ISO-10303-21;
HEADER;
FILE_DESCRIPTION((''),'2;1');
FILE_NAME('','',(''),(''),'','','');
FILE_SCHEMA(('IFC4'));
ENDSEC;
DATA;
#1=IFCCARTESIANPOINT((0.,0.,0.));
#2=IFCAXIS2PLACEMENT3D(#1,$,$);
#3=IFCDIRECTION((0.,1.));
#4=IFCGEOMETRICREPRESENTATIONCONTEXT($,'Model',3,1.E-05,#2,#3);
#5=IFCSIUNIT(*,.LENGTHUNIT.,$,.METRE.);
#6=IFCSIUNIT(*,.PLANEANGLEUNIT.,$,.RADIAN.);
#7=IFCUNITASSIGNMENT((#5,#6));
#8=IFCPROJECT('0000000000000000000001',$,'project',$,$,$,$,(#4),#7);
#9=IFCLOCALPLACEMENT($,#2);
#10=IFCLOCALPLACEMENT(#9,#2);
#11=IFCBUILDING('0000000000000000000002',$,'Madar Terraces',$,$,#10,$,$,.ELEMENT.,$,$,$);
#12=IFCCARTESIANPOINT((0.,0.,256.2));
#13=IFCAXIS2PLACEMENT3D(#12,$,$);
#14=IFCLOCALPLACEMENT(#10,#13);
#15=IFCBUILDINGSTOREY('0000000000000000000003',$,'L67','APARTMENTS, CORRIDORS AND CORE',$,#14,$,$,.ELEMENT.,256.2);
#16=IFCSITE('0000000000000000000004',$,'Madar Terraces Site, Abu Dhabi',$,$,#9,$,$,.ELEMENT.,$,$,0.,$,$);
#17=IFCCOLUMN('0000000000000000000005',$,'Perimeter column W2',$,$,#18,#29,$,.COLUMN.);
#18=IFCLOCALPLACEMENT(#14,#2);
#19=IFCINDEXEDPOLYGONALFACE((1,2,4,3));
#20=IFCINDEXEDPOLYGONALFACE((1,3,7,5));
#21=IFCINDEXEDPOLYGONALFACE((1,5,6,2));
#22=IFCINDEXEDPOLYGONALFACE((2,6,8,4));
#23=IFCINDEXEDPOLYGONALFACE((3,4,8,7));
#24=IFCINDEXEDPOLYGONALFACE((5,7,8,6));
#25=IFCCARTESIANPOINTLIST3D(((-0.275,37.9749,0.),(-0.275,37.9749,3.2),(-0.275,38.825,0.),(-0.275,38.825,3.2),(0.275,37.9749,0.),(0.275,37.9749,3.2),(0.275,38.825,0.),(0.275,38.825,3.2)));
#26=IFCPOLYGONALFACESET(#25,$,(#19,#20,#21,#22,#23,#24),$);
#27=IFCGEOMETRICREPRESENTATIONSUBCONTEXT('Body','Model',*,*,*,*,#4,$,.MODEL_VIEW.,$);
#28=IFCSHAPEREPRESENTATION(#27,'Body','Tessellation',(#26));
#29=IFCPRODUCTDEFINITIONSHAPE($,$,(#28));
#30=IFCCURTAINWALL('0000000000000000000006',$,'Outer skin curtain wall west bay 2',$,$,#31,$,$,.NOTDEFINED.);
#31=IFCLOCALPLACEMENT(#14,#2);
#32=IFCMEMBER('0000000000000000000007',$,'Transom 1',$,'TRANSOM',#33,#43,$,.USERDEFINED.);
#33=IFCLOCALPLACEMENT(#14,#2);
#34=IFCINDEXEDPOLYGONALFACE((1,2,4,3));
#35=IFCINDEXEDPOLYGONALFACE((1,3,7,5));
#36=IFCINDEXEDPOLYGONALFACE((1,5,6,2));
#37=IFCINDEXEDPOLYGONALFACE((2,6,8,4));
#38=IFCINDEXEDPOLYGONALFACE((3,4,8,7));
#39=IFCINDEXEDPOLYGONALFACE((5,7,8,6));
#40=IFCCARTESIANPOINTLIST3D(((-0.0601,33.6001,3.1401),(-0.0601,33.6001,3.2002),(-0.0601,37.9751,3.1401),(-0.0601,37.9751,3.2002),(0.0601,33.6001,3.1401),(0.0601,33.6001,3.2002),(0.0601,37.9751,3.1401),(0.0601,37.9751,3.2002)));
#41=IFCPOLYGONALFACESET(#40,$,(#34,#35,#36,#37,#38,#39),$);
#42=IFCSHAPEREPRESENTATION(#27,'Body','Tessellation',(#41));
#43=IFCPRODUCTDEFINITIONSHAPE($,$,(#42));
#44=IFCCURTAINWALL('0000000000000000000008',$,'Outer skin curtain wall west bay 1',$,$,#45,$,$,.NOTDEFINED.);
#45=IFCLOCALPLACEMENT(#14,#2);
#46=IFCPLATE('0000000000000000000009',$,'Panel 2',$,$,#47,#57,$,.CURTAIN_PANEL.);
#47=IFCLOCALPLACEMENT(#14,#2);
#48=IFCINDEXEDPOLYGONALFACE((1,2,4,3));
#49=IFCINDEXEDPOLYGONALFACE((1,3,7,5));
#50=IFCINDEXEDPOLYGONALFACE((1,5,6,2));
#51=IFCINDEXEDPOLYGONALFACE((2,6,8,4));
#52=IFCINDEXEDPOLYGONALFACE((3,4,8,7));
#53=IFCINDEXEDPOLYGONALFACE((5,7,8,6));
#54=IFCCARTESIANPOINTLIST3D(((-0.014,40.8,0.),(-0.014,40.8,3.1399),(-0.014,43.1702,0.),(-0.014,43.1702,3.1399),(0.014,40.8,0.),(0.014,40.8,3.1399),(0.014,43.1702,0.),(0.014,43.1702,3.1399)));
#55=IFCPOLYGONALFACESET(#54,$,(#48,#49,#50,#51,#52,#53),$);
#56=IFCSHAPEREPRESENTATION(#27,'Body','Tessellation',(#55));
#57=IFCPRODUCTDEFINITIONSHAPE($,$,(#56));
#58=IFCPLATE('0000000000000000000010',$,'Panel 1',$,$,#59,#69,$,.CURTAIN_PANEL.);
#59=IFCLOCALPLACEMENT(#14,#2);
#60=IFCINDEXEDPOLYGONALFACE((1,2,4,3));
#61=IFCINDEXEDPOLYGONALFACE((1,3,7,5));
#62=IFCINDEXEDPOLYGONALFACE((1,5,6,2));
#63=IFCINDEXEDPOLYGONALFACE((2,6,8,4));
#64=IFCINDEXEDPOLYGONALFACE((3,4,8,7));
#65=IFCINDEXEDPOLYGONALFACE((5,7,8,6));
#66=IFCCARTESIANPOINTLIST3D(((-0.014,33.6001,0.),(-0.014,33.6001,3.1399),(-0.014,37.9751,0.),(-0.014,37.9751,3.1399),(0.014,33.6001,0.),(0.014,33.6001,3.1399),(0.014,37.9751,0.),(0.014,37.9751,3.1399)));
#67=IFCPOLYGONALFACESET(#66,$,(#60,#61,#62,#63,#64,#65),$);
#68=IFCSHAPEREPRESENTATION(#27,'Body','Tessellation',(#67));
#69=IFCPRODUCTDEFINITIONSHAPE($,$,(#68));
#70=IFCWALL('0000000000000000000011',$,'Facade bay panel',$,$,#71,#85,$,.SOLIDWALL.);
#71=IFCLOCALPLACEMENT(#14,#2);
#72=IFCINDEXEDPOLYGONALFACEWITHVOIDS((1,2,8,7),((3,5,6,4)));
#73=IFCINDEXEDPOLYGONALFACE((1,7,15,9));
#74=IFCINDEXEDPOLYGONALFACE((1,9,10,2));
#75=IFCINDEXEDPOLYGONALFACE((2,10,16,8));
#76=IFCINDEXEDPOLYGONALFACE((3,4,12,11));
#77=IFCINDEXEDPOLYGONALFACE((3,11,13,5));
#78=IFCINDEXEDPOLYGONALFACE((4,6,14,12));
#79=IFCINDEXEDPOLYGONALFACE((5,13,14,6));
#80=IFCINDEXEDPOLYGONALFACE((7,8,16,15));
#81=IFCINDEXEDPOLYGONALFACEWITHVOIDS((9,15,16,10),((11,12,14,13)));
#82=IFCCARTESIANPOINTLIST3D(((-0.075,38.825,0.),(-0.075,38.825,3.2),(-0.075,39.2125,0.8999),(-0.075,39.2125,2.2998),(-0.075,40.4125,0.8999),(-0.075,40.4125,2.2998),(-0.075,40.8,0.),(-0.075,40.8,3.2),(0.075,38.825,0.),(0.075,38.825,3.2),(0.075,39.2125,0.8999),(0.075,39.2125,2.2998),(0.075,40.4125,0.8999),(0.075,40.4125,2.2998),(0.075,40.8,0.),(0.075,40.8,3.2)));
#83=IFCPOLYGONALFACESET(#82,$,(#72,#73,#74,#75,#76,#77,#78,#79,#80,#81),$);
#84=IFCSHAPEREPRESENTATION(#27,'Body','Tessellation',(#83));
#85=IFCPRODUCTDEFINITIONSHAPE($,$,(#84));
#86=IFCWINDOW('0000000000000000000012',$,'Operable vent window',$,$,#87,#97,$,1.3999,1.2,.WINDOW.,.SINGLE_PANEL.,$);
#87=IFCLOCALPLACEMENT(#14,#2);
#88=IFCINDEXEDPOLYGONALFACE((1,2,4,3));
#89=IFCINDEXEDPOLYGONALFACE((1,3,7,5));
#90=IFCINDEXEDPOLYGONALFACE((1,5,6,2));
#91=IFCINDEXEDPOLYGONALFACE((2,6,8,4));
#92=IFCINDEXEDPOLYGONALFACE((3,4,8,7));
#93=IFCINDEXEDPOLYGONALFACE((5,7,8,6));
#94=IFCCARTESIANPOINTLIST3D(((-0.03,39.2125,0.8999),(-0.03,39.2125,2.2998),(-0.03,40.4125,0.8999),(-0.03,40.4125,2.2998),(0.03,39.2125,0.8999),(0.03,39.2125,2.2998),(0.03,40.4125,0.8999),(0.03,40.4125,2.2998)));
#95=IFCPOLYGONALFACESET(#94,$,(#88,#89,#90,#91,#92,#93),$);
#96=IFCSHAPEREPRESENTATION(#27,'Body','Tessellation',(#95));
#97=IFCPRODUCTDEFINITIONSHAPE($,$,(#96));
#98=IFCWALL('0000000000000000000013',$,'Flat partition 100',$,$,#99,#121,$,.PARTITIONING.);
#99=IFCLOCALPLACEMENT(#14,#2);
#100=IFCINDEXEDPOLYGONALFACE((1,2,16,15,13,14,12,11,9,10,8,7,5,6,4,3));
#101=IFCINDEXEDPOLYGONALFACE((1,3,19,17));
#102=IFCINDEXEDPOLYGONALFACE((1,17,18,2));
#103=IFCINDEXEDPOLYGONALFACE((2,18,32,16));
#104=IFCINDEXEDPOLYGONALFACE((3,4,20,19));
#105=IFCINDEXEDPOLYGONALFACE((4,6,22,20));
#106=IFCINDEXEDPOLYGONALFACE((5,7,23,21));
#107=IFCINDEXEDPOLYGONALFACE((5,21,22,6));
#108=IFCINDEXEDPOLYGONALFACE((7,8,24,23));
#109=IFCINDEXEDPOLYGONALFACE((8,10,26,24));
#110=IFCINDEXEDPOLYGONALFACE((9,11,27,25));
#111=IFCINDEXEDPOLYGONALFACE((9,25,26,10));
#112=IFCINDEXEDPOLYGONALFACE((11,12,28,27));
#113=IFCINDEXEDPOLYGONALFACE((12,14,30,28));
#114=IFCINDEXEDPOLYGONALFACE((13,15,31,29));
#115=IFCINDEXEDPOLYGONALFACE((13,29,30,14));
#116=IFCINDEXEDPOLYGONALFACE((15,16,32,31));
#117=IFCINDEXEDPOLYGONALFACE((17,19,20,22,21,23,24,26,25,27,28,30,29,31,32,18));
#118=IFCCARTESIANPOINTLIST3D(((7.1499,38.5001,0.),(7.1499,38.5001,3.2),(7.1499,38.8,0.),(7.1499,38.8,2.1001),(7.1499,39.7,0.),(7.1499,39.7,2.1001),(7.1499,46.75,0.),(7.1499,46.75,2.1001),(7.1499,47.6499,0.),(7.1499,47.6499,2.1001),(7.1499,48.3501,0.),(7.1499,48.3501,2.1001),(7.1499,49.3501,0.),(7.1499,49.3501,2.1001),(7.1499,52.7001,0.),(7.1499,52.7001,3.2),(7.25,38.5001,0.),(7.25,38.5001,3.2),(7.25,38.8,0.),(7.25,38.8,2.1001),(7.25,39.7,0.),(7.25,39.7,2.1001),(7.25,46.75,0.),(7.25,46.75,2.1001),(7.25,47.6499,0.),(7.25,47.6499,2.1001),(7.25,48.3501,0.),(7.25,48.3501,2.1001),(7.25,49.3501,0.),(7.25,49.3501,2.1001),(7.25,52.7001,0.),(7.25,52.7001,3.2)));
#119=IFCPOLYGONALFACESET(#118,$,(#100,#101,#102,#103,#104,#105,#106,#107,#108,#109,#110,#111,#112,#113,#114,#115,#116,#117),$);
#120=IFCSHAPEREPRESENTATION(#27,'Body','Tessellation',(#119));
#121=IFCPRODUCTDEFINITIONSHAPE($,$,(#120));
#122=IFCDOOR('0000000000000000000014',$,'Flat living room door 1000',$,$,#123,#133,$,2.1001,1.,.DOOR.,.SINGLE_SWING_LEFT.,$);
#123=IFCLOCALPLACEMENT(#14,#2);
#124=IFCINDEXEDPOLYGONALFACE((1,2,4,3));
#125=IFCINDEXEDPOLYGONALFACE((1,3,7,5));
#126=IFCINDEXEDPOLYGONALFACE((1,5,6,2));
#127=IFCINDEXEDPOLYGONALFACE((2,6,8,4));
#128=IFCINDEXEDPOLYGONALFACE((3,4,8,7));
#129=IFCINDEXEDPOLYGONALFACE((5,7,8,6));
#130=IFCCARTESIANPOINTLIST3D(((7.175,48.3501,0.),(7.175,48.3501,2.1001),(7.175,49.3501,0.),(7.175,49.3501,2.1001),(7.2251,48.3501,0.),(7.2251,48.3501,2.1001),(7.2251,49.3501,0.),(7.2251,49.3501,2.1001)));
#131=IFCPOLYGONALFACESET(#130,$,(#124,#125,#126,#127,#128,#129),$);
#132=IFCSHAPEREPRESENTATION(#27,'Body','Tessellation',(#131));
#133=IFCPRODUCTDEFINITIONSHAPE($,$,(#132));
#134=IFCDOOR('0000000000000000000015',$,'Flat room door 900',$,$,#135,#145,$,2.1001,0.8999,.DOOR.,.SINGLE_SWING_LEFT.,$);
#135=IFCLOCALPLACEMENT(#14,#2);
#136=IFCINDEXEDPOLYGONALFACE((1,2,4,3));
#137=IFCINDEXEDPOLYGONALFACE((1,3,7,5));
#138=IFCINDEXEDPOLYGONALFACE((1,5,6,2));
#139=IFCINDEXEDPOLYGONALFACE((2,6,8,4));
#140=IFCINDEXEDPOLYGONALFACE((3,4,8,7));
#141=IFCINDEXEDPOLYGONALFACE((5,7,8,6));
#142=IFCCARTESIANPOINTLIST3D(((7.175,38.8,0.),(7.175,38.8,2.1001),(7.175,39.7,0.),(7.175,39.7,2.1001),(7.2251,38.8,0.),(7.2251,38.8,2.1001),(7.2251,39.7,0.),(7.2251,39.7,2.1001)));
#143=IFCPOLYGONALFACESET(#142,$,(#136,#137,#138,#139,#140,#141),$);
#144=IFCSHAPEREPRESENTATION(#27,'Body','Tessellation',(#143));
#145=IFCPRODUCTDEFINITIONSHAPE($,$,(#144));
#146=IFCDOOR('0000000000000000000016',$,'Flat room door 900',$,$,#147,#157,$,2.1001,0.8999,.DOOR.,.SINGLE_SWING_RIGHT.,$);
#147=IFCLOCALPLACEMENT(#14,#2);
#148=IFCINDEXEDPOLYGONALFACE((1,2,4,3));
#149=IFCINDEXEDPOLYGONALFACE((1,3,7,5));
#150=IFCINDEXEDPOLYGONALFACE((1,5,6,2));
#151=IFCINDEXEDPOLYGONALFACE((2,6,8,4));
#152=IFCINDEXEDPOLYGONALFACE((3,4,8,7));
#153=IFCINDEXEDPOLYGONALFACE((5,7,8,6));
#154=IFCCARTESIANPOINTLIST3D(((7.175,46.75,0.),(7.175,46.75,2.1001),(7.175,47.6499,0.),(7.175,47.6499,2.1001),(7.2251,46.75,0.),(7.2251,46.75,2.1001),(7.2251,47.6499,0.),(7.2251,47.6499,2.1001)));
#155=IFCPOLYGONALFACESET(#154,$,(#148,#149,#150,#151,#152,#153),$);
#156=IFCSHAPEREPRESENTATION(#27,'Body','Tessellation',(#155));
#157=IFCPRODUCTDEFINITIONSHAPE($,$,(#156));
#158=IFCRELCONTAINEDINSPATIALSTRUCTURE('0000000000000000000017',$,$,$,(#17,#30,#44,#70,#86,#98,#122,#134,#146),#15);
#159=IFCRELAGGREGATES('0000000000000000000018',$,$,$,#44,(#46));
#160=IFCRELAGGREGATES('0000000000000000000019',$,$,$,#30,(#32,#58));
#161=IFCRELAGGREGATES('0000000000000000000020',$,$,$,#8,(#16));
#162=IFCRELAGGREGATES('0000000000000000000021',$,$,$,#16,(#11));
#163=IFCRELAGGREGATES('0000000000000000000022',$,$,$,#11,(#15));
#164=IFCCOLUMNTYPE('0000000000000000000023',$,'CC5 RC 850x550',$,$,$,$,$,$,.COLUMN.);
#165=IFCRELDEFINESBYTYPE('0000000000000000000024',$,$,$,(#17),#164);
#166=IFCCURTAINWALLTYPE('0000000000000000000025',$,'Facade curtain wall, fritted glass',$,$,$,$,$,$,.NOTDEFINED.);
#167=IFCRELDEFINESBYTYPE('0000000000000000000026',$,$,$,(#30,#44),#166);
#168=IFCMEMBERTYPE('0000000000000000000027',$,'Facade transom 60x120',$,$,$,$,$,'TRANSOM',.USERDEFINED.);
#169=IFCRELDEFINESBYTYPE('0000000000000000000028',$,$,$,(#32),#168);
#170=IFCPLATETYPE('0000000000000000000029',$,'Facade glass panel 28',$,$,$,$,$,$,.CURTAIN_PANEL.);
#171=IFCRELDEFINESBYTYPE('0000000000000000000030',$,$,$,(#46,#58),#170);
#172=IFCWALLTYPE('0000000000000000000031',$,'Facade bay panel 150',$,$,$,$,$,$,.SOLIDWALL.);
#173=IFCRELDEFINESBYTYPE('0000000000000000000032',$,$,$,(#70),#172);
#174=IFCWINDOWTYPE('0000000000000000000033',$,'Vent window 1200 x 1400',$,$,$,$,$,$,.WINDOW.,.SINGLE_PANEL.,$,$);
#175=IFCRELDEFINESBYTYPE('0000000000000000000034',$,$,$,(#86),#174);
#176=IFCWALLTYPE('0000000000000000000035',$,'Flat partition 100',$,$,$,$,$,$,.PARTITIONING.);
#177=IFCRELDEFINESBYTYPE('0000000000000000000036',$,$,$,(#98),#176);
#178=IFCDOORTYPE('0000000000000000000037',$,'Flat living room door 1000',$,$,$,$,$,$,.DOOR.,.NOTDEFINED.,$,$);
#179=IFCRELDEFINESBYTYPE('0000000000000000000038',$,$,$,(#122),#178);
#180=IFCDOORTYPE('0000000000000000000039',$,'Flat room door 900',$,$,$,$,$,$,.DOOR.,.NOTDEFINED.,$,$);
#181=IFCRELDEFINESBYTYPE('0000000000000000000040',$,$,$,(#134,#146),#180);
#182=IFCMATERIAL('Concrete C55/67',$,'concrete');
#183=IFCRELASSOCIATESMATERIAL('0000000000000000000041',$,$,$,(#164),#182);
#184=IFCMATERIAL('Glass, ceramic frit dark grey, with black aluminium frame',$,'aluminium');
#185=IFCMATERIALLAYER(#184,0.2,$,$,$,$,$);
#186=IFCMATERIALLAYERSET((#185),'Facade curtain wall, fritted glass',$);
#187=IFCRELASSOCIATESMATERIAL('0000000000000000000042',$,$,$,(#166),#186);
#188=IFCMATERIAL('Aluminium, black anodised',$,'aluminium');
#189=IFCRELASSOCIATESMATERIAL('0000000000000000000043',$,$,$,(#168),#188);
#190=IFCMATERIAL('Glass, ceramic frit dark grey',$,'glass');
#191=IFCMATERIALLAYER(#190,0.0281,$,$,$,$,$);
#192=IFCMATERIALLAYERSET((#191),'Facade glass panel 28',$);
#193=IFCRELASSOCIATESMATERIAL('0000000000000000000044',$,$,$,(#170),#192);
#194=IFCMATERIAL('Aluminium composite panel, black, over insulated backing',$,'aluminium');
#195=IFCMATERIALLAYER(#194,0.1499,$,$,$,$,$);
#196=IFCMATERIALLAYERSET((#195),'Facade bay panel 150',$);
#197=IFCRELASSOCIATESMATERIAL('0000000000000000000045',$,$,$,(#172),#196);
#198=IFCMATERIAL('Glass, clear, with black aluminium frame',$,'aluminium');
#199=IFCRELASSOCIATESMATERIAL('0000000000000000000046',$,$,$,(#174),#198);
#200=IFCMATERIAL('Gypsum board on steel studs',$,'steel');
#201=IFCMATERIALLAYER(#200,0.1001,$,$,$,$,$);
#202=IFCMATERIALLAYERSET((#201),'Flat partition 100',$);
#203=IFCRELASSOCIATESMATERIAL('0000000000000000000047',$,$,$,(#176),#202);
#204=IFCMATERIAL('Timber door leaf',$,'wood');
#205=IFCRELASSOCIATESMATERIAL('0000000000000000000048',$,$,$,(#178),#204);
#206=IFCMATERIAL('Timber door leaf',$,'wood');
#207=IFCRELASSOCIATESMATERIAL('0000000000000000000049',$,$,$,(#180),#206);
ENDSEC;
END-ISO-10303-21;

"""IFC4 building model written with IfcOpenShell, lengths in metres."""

from ifc_helpers import new_model, si_unit, direction, frame, frame_2d, origin, origin_2d, place, context, subcontext, project, spatial, rectangle, extrude, material, layer, layer_set, material_profile, profile_set, type_object, element, fill, aggregate, save


model = new_model("IFC4")

# Units and contexts
model_context = context("Model", 3, precision=1e-05, world=origin(), true_north=direction((0.0, 1.0)))
body_context = subcontext(model_context, "Body", "Model", "MODEL_VIEW")
ifc_project = project(units=[si_unit("LENGTHUNIT", "METRE"), si_unit("PLANEANGLEUNIT", "RADIAN")], contexts=[model_context])

# Site, building, storey
site_placement = place(None, origin())
site = spatial("IfcSite", under=ifc_project, at=site_placement, Name="Madar Terraces Site, Abu Dhabi", CompositionType="ELEMENT", RefElevation=0.0)
building_placement = place(site_placement, origin())
building = spatial("IfcBuilding", under=site, at=building_placement, Name="Madar Terraces", CompositionType="ELEMENT")
storey_placement = place(building_placement, frame((0.0, 0.0, 256.2)))
storey = spatial("IfcBuildingStorey", under=building, at=storey_placement, Name="L67", Description="APARTMENTS, CORRIDORS AND CORE", CompositionType="ELEMENT", Elevation=256.2)

# Column
ifc_material_1 = material(Name="Concrete C55/67", Category="concrete")
ifc_material_profile_1 = material_profile(ifc_material_1, rectangle(XDim=0.8501, YDim=0.55, at=origin_2d()), Name="CC5 RC 850x550")
ifc_profile_set_1 = profile_set([ifc_material_profile_1], Name="Concrete C55/67")
column_type = type_object("IfcColumnType", Name="CC5 RC 850x550", PredefinedType="COLUMN", material=ifc_profile_set_1)
column_placement = place(storey_placement, frame((0.0, 38.3999, 0.0), z_axis=(0.0, 0.0, 1.0), x_axis=(0.0, 1.0, 0.0)))
element("IfcColumn", 1, at=column_placement, inside=storey, type_object=column_type, Name="Perimeter column W2", PredefinedType="COLUMN", context=body_context, shape_type="SweptSolid", body=[
    extrude(rectangle(XDim=0.8501, YDim=0.55, at=origin_2d()), origin(), (0.0, 0.0, 1.0), 3.2),
])

# Curtain wall, member
ifc_material_2 = material(Name="Glass, ceramic frit dark grey, with black aluminium frame", Category="aluminium")
ifc_layer_1 = layer(ifc_material_2, 0.2)
ifc_layer_set_1 = layer_set([ifc_layer_1], Name="Facade curtain wall, fritted glass")
curtain_wall_type = type_object("IfcCurtainWallType", Name="Facade curtain wall, fritted glass", PredefinedType="NOTDEFINED", material=ifc_layer_set_1)
curtain_wall_1_placement = place(storey_placement, origin())
curtain_wall_1 = element("IfcCurtainWall", 2, at=curtain_wall_1_placement, inside=storey, type_object=curtain_wall_type, Name="Outer skin curtain wall west bay 2", PredefinedType="NOTDEFINED")
ifc_material_3 = material(Name="Aluminium, black anodised", Category="aluminium")
ifc_material_profile_2 = material_profile(ifc_material_3, rectangle(XDim=0.1201, YDim=0.0601, at=origin_2d()), Name="Facade transom 60x120")
ifc_profile_set_2 = profile_set([ifc_material_profile_2], Name="Aluminium, black anodised")
member_type = type_object("IfcMemberType", Name="Facade transom 60x120", ElementType="TRANSOM", PredefinedType="USERDEFINED", material=ifc_profile_set_2)
member_placement = place(storey_placement, frame((0.0, 37.9751, 3.1702), z_axis=(0.0, -1.0, 0.0), x_axis=(1.0, 0.0, 0.0)))
member = element("IfcMember", 3, at=member_placement, type_object=member_type, Name="Transom 1", ObjectType="TRANSOM", PredefinedType="USERDEFINED", context=body_context, shape_type="SweptSolid", body=[
    extrude(rectangle(XDim=0.1201, YDim=0.0601, at=origin_2d()), origin(), (0.0, 0.0, 1.0), 4.375),
])

# Curtain wall, plate
curtain_wall_2_placement = place(storey_placement, origin())
curtain_wall_2 = element("IfcCurtainWall", 4, at=curtain_wall_2_placement, inside=storey, type_object=curtain_wall_type, Name="Outer skin curtain wall west bay 1", PredefinedType="NOTDEFINED")
ifc_material_4 = material(Name="Glass, ceramic frit dark grey", Category="glass")
ifc_layer_2 = layer(ifc_material_4, 0.0281)
ifc_layer_set_2 = layer_set([ifc_layer_2], Name="Facade glass panel 28")
plate_type = type_object("IfcPlateType", Name="Facade glass panel 28", PredefinedType="CURTAIN_PANEL", material=ifc_layer_set_2)
plate_1_placement = place(storey_placement, frame((0.0, 41.9851, 0.0), z_axis=(0.0, 0.0, 1.0), x_axis=(0.0, -1.0, 0.0)))
plate_1 = element("IfcPlate", 5, at=plate_1_placement, type_object=plate_type, Name="Panel 2", PredefinedType="CURTAIN_PANEL", context=body_context, shape_type="SweptSolid", body=[
    extrude(rectangle(XDim=2.3701, YDim=0.0281, at=origin_2d()), origin(), (0.0, 0.0, 1.0), 3.1399),
])
aggregate(curtain_wall_2, [plate_1])

# Plate
plate_2_placement = place(storey_placement, frame((0.0, 35.7876, 0.0), z_axis=(0.0, 0.0, 1.0), x_axis=(0.0, -1.0, 0.0)))
plate_2 = element("IfcPlate", 6, at=plate_2_placement, type_object=plate_type, Name="Panel 1", PredefinedType="CURTAIN_PANEL", context=body_context, shape_type="SweptSolid", body=[
    extrude(rectangle(XDim=4.375, YDim=0.0281, at=origin_2d()), origin(), (0.0, 0.0, 1.0), 3.1399),
])
aggregate(curtain_wall_1, [member, plate_2])

# Wall, opening, window
ifc_material_5 = material(Name="Aluminium composite panel, black, over insulated backing", Category="aluminium")
ifc_layer_3 = layer(ifc_material_5, 0.1499)
ifc_layer_set_3 = layer_set([ifc_layer_3], Name="Facade bay panel 150")
wall_type_1 = type_object("IfcWallType", Name="Facade bay panel 150", PredefinedType="SOLIDWALL", material=ifc_layer_set_3)
wall_1_placement = place(storey_placement, frame((0.0, 40.8, 0.0), z_axis=(0.0, 0.0, 1.0), x_axis=(0.0, -1.0, 0.0)))
wall_1 = element("IfcWall", 7, at=wall_1_placement, inside=storey, type_object=wall_type_1, Name="Facade bay panel", PredefinedType="SOLIDWALL", context=body_context, shape_type="SweptSolid", body=[
    extrude(rectangle(XDim=1.9751, YDim=0.1499, at=frame_2d((0.9875, 0.0))), origin(), (0.0, 0.0, 1.0), 3.2),
])
opening_1_placement = place(wall_1_placement, frame((0.3875, 0.0, 0.8999)))
opening_1 = element("IfcOpeningElement", 8, at=opening_1_placement, cuts=wall_1, PredefinedType="OPENING", context=body_context, shape_type="SweptSolid", body=[
    extrude(rectangle(XDim=1.2, YDim=1.3999, at=frame_2d((0.6001, 0.7))), frame((0.0, 0.085, 0.0), z_axis=(0.0, -1.0, 0.0), x_axis=(1.0, 0.0, 0.0)), (0.0, 0.0, 1.0), 0.1699),
])
ifc_material_6 = material(Name="Glass, clear, with black aluminium frame", Category="aluminium")
window_type = type_object("IfcWindowType", Name="Vent window 1200 x 1400", PartitioningType="SINGLE_PANEL", PredefinedType="WINDOW", material=ifc_material_6)
window_placement = place(opening_1_placement, origin())
window = element("IfcWindow", 9, at=window_placement, inside=storey, type_object=window_type, Name="Operable vent window", OverallHeight=1.3999, OverallWidth=1.2, PartitioningType="SINGLE_PANEL", PredefinedType="WINDOW", context=body_context, shape_type="SweptSolid", body=[
    extrude(rectangle(XDim=1.2, YDim=1.3999, at=frame_2d((0.6001, 0.7))), frame((0.0, 0.03, 0.0), z_axis=(0.0, -1.0, 0.0), x_axis=(1.0, 0.0, 0.0)), (0.0, 0.0, 1.0), 0.0601),
])
fill(opening_1, window)

# Wall, openings, doors
ifc_material_7 = material(Name="Gypsum board on steel studs", Category="steel")
ifc_layer_4 = layer(ifc_material_7, 0.1001)
ifc_layer_set_4 = layer_set([ifc_layer_4], Name="Flat partition 100")
wall_type_2 = type_object("IfcWallType", Name="Flat partition 100", PredefinedType="PARTITIONING", material=ifc_layer_set_4)
wall_2_placement = place(storey_placement, frame((7.2, 38.5, 0.0), z_axis=(0.0, 0.0, 1.0), x_axis=(0.0, 1.0, 0.0)))
wall_2 = element("IfcWall", 10, at=wall_2_placement, inside=storey, type_object=wall_type_2, Name="Flat partition 100", PredefinedType="PARTITIONING", context=body_context, shape_type="SweptSolid", body=[
    extrude(rectangle(XDim=14.2, YDim=0.1001, at=frame_2d((7.1001, 0.0))), origin(), (0.0, 0.0, 1.0), 3.2),
])
opening_2_placement = place(wall_2_placement, frame((0.3, 0.0, 0.0)))
opening_2 = element("IfcOpeningElement", 11, at=opening_2_placement, cuts=wall_2, PredefinedType="OPENING", context=body_context, shape_type="SweptSolid", body=[
    extrude(rectangle(XDim=0.8999, YDim=2.1001, at=frame_2d((0.45, 1.05))), frame((0.0, 0.0601, 0.0), z_axis=(0.0, -1.0, 0.0), x_axis=(1.0, 0.0, 0.0)), (0.0, 0.0, 1.0), 0.1201),
])
opening_3_placement = place(wall_2_placement, frame((8.25, 0.0, 0.0)))
opening_3 = element("IfcOpeningElement", 12, at=opening_3_placement, cuts=wall_2, PredefinedType="OPENING", context=body_context, shape_type="SweptSolid", body=[
    extrude(rectangle(XDim=0.8999, YDim=2.1001, at=frame_2d((0.45, 1.05))), frame((0.0, 0.0601, 0.0), z_axis=(0.0, -1.0, 0.0), x_axis=(1.0, 0.0, 0.0)), (0.0, 0.0, 1.0), 0.1201),
])
opening_4_placement = place(wall_2_placement, frame((9.8501, 0.0, 0.0)))
opening_4 = element("IfcOpeningElement", 13, at=opening_4_placement, cuts=wall_2, PredefinedType="OPENING", context=body_context, shape_type="SweptSolid", body=[
    extrude(rectangle(XDim=1.0, YDim=2.1001, at=frame_2d((0.5, 1.05))), frame((0.0, 0.0601, 0.0), z_axis=(0.0, -1.0, 0.0), x_axis=(1.0, 0.0, 0.0)), (0.0, 0.0, 1.0), 0.1201),
])
ifc_material_8 = material(Name="Timber door leaf", Category="wood")
door_type_1 = type_object("IfcDoorType", Name="Flat living room door 1000", OperationType="NOTDEFINED", PredefinedType="DOOR", material=ifc_material_8)
door_1_placement = place(opening_4_placement, origin())
door_1 = element("IfcDoor", 14, at=door_1_placement, inside=storey, type_object=door_type_1, Name="Flat living room door 1000", OperationType="SINGLE_SWING_LEFT", OverallHeight=2.1001, OverallWidth=1.0, PredefinedType="DOOR", context=body_context, shape_type="SweptSolid", body=[
    extrude(rectangle(XDim=1.0, YDim=2.1001, at=frame_2d((0.5, 1.05))), frame((0.0, 0.0249, 0.0), z_axis=(0.0, -1.0, 0.0), x_axis=(1.0, 0.0, 0.0)), (0.0, 0.0, 1.0), 0.05),
])
fill(opening_4, door_1)
ifc_material_9 = material(Name="Timber door leaf", Category="wood")
door_type_2 = type_object("IfcDoorType", Name="Flat room door 900", OperationType="NOTDEFINED", PredefinedType="DOOR", material=ifc_material_9)
door_2_placement = place(opening_2_placement, origin())
door_2 = element("IfcDoor", 15, at=door_2_placement, inside=storey, type_object=door_type_2, Name="Flat room door 900", OperationType="SINGLE_SWING_LEFT", OverallHeight=2.1001, OverallWidth=0.8999, PredefinedType="DOOR", context=body_context, shape_type="SweptSolid", body=[
    extrude(rectangle(XDim=0.8999, YDim=2.1001, at=frame_2d((0.45, 1.05))), frame((0.0, 0.0249, 0.0), z_axis=(0.0, -1.0, 0.0), x_axis=(1.0, 0.0, 0.0)), (0.0, 0.0, 1.0), 0.05),
])
fill(opening_2, door_2)
door_3_placement = place(opening_3_placement, origin())
door_3 = element("IfcDoor", 16, at=door_3_placement, inside=storey, type_object=door_type_2, Name="Flat room door 900", OperationType="SINGLE_SWING_RIGHT", OverallHeight=2.1001, OverallWidth=0.8999, PredefinedType="DOOR", context=body_context, shape_type="SweptSolid", body=[
    extrude(rectangle(XDim=0.8999, YDim=2.1001, at=frame_2d((0.45, 1.05))), frame((0.0, 0.0249, 0.0), z_axis=(0.0, -1.0, 0.0), x_axis=(1.0, 0.0, 0.0)), (0.0, 0.0, 1.0), 0.05),
])
fill(opening_3, door_3)

save(model, "model.ifc")
